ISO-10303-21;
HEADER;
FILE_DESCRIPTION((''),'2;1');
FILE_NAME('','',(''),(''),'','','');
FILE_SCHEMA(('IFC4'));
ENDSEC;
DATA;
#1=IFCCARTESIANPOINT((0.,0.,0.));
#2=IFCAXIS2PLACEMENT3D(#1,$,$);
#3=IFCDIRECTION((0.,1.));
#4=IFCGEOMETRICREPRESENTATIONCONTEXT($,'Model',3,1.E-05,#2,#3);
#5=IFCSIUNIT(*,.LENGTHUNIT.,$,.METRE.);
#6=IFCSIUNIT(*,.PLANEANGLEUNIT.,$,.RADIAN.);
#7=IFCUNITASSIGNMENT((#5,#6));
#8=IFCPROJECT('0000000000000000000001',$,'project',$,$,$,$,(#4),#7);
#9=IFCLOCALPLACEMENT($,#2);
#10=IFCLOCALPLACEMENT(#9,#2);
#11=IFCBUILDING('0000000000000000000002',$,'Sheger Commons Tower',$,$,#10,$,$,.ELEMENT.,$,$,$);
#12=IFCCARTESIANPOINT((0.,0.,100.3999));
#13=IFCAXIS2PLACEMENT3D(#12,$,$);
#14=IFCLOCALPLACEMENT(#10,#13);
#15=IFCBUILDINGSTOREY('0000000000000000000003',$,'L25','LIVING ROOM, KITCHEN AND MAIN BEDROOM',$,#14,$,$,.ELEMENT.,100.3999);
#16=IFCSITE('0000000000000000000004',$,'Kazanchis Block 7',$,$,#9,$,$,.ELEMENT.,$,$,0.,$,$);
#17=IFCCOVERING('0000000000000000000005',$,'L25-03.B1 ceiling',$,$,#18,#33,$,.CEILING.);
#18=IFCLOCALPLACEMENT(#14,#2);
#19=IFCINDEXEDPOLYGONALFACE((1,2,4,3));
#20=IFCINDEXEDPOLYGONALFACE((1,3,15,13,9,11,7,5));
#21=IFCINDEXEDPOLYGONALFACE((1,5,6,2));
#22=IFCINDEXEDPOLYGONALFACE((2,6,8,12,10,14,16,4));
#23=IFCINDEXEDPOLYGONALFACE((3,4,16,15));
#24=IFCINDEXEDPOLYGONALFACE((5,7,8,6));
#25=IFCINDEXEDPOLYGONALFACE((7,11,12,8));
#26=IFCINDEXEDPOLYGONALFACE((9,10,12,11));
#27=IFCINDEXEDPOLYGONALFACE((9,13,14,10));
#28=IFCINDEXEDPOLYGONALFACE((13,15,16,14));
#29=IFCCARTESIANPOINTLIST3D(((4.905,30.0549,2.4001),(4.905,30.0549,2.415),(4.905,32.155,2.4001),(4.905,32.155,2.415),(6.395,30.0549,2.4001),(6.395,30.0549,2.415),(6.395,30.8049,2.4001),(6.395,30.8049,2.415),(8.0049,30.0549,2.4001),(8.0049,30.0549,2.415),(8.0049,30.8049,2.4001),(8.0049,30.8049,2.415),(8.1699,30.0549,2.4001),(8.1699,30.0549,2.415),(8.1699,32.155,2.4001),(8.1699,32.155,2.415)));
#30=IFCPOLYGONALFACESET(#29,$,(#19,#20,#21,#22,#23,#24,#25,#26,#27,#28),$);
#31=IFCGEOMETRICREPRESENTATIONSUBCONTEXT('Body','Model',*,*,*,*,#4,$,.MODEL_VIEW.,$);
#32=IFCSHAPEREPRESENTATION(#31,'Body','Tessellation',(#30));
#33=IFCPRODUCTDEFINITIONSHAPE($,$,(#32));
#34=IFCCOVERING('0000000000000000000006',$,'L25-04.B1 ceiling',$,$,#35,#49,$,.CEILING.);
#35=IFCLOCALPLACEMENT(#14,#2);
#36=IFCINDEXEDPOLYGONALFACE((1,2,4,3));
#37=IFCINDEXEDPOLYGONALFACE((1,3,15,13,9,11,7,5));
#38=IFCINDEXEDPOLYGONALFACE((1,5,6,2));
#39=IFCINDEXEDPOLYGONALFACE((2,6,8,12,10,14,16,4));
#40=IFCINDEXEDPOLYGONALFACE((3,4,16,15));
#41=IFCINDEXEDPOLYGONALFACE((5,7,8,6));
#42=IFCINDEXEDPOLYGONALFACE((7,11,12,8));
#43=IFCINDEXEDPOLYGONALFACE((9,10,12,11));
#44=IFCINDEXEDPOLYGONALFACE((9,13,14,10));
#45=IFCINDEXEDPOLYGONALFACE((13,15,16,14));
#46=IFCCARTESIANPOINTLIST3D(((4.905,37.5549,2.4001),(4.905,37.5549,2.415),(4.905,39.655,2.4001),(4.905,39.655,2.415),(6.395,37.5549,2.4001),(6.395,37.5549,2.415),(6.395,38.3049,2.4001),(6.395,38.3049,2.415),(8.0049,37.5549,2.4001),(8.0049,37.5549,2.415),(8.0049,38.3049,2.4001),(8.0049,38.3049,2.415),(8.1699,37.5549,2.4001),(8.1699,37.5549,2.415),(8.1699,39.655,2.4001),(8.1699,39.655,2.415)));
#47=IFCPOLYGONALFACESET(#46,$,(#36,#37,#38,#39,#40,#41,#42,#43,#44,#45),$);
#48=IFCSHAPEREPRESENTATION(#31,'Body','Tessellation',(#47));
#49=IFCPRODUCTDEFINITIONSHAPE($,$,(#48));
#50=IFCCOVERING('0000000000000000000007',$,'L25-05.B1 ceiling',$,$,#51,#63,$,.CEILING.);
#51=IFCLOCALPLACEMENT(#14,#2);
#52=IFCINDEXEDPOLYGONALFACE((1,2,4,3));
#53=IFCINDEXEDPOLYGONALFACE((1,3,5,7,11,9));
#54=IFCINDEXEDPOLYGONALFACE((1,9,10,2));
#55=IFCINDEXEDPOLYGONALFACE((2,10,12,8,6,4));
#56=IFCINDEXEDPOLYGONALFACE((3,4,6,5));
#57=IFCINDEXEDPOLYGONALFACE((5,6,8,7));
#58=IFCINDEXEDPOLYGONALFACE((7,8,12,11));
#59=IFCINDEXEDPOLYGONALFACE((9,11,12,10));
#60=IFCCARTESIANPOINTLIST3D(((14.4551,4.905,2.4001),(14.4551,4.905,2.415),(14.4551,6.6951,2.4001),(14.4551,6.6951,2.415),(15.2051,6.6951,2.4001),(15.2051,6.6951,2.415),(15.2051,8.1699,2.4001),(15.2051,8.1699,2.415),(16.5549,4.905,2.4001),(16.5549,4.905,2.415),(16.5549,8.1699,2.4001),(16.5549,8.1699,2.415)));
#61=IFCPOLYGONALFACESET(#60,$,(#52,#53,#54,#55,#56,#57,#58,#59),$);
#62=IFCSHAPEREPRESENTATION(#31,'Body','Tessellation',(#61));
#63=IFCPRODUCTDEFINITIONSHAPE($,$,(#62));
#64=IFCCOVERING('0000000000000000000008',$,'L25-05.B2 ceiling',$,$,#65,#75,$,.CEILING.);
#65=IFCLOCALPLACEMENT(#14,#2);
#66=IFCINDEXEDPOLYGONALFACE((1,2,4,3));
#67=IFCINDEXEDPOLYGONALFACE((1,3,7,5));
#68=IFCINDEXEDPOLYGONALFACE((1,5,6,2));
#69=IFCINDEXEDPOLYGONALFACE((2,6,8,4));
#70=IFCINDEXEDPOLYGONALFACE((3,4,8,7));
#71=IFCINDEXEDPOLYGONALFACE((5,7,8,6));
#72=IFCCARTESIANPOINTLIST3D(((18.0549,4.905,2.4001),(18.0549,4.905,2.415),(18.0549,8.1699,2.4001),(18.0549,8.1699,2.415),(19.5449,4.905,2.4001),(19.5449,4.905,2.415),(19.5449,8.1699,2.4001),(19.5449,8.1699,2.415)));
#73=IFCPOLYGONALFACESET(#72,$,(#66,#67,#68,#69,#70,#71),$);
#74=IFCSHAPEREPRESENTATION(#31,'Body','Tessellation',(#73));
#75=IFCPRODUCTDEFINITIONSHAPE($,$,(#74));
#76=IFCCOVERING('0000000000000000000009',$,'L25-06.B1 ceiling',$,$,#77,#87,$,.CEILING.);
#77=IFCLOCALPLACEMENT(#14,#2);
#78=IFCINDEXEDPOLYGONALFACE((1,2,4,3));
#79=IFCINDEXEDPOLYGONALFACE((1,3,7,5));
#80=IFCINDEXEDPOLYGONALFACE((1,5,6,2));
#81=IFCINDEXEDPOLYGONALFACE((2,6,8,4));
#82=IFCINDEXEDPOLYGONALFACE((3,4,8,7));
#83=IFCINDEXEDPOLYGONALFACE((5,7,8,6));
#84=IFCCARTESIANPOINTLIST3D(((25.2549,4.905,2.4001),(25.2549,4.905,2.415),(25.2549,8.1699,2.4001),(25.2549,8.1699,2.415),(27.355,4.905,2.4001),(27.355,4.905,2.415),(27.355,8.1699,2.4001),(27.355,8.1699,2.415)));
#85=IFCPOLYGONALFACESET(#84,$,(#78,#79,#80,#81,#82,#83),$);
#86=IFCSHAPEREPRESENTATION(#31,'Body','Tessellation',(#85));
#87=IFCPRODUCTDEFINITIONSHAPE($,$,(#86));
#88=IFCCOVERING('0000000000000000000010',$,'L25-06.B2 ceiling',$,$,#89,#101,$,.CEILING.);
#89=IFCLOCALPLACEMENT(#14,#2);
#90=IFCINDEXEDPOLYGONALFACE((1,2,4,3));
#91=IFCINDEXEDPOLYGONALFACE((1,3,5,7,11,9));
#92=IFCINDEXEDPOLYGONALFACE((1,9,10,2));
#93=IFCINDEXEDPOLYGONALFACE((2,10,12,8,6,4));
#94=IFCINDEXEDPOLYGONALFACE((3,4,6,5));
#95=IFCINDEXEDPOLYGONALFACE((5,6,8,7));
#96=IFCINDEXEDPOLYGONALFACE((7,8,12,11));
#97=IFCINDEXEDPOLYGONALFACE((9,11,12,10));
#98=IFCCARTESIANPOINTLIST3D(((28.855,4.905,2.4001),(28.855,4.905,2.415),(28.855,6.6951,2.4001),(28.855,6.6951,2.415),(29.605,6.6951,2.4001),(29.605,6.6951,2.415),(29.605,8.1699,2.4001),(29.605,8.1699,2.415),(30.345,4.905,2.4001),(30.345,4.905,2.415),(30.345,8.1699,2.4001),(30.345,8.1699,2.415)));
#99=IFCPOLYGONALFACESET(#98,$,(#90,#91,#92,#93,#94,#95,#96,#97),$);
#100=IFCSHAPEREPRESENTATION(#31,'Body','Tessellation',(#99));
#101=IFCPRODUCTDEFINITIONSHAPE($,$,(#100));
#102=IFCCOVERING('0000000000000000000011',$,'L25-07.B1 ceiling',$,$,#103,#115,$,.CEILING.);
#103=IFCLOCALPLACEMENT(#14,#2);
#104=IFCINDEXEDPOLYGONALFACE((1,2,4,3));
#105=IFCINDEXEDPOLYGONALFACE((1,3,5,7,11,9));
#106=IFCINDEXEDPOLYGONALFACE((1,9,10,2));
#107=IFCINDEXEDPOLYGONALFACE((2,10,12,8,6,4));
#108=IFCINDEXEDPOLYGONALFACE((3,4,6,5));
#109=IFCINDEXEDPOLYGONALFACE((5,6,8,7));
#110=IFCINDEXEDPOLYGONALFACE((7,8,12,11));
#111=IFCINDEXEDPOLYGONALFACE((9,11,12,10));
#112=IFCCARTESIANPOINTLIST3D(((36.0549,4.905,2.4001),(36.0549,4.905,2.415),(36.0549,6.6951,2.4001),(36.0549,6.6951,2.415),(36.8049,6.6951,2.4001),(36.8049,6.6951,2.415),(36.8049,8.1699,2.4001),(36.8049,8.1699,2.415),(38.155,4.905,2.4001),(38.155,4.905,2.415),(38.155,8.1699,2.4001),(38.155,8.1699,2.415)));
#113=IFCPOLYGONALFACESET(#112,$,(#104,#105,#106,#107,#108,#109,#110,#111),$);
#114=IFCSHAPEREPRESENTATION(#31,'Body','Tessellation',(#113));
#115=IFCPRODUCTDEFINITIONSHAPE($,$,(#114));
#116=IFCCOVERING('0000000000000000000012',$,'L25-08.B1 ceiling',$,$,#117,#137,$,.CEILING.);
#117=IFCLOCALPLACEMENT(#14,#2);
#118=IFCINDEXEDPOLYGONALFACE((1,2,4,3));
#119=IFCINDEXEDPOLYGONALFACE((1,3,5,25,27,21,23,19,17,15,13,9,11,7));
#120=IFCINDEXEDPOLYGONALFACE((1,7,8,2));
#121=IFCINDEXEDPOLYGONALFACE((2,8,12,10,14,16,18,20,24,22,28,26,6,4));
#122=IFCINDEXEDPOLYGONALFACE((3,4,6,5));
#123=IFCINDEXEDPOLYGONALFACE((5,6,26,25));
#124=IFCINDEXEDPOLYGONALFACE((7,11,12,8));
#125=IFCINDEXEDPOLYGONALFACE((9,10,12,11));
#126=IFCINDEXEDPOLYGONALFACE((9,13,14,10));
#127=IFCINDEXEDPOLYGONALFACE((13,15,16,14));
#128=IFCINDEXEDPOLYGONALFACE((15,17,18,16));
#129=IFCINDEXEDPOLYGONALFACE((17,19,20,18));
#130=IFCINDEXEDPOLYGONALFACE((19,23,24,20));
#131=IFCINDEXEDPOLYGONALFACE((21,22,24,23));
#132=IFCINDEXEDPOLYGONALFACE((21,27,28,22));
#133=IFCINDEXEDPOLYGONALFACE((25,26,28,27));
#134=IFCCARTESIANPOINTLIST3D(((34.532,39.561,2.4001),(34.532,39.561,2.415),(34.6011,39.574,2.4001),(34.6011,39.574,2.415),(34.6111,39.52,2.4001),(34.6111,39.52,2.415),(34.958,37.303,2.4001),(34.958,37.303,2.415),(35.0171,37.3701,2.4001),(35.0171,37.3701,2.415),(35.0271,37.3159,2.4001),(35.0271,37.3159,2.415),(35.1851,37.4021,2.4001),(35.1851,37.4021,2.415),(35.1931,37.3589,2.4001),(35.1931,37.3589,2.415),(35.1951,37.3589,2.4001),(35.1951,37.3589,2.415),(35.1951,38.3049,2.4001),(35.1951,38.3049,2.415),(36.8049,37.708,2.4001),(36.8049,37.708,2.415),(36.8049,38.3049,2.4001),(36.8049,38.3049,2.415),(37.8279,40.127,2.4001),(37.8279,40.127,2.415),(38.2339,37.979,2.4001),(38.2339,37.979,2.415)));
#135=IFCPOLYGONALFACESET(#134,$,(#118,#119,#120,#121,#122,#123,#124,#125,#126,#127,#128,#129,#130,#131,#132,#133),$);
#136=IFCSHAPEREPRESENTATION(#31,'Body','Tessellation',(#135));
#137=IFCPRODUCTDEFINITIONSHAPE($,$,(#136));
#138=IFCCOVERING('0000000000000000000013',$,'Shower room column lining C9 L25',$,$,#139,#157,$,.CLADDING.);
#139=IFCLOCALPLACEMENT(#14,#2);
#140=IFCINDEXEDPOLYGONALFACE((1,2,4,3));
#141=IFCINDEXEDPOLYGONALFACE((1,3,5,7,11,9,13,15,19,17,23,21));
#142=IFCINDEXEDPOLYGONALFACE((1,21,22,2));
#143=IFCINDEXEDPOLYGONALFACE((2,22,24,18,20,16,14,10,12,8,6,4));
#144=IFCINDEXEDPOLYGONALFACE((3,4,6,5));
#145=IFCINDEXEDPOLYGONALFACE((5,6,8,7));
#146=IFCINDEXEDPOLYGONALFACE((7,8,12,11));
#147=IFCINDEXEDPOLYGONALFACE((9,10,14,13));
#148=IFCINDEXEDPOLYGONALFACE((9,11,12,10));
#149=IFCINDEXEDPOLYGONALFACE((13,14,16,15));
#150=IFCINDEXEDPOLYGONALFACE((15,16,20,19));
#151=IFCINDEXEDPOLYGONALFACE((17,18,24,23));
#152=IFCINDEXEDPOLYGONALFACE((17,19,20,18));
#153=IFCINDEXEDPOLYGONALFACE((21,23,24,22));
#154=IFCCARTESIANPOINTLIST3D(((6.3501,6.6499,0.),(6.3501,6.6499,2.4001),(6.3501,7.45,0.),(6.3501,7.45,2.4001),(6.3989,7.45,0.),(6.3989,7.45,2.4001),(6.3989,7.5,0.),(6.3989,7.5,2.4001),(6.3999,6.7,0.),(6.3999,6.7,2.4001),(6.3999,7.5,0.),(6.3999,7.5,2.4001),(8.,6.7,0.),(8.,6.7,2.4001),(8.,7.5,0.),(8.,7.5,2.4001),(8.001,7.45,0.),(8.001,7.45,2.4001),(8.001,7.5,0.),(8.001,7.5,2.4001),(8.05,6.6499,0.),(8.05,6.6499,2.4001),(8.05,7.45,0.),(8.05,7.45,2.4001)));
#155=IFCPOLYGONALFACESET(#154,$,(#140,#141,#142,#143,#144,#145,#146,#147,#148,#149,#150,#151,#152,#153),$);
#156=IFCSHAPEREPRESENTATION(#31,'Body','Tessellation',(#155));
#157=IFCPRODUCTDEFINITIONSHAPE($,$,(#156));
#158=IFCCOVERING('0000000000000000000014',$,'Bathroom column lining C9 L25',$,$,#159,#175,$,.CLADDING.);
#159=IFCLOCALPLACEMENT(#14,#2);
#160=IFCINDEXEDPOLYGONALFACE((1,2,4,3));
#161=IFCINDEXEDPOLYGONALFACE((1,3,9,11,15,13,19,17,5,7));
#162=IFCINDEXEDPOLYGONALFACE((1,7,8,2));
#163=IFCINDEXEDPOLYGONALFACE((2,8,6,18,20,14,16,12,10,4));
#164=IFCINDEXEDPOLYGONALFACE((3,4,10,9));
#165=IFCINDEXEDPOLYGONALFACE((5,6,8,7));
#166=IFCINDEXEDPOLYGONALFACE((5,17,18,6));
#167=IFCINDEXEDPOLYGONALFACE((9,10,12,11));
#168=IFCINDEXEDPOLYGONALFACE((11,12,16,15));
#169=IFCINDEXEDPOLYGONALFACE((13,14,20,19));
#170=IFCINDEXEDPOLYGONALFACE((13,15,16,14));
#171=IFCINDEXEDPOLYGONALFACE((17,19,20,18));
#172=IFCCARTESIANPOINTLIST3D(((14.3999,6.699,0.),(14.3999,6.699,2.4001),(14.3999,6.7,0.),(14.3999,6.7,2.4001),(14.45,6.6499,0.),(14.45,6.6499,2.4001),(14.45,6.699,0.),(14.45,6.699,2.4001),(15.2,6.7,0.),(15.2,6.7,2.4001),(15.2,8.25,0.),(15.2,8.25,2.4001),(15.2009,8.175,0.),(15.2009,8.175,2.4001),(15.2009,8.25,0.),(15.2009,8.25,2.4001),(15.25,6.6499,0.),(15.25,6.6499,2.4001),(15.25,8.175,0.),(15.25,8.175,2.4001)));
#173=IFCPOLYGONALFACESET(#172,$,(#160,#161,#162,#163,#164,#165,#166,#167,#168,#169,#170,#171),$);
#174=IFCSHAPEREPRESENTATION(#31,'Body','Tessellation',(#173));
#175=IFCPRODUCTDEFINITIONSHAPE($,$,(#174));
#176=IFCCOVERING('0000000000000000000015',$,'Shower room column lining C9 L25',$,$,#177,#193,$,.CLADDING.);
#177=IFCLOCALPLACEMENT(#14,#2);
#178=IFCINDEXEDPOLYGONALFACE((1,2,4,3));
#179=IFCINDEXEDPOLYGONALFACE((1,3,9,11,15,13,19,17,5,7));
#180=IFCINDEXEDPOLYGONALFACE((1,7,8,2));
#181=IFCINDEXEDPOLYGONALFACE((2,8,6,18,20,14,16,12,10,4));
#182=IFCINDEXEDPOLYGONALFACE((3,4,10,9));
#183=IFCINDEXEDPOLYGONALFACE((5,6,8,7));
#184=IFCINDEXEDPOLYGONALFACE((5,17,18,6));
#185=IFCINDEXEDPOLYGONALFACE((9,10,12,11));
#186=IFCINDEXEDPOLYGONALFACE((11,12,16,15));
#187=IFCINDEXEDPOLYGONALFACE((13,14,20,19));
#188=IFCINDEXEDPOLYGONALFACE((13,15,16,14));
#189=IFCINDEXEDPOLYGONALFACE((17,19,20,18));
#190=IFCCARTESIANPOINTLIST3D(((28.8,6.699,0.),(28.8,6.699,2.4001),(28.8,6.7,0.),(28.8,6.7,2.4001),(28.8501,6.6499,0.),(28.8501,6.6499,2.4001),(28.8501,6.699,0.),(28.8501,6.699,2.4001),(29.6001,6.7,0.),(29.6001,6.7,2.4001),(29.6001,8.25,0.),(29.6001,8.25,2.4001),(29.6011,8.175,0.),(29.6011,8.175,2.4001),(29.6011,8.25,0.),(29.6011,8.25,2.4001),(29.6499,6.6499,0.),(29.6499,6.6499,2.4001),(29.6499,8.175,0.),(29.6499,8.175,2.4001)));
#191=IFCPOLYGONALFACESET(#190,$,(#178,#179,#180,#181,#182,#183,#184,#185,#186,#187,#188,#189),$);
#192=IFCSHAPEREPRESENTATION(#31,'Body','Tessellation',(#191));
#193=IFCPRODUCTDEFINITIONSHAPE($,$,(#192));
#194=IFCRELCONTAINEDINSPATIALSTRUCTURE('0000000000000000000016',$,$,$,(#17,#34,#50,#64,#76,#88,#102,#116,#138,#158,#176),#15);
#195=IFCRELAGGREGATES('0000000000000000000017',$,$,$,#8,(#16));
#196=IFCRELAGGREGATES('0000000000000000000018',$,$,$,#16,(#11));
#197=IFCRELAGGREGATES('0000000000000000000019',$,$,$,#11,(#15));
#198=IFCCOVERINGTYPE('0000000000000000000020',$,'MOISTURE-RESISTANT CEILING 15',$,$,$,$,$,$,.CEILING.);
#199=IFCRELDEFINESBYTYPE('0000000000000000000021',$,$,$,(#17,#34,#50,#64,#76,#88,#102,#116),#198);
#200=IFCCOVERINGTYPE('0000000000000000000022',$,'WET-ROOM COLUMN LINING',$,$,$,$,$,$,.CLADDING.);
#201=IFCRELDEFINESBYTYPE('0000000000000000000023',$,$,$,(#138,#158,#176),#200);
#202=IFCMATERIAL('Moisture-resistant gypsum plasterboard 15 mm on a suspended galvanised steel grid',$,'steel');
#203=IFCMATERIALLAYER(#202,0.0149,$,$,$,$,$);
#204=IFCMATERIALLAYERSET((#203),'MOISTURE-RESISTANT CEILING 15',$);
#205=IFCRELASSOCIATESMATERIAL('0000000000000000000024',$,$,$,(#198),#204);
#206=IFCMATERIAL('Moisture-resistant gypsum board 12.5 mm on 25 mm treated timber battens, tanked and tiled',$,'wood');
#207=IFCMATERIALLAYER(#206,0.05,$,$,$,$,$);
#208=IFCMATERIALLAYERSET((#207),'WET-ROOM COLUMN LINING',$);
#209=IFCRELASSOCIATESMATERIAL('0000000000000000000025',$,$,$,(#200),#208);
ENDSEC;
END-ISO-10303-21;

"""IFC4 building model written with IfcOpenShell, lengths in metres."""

from ifc_helpers import new_model, si_unit, direction, frame, origin, place, context, subcontext, project, spatial, polyline, outline, extrude, material, layer, layer_set, type_object, element, save


model = new_model("IFC4")

# Units and contexts
model_context = context("Model", 3, precision=1e-05, world=origin(), true_north=direction((0.0, 1.0)))
body_context = subcontext(model_context, "Body", "Model", "MODEL_VIEW")
ifc_project = project(units=[si_unit("LENGTHUNIT", "METRE"), si_unit("PLANEANGLEUNIT", "RADIAN")], contexts=[model_context])

# Site, building, storey
site_placement = place(None, origin())
site = spatial("IfcSite", under=ifc_project, at=site_placement, Name="Kazanchis Block 7", CompositionType="ELEMENT", RefElevation=0.0)
building_placement = place(site_placement, origin())
building = spatial("IfcBuilding", under=site, at=building_placement, Name="Sheger Commons Tower", CompositionType="ELEMENT")
storey_placement = place(building_placement, frame((0.0, 0.0, 100.3999)))
storey = spatial("IfcBuildingStorey", under=building, at=storey_placement, Name="L25", Description="LIVING ROOM, KITCHEN AND MAIN BEDROOM", CompositionType="ELEMENT", Elevation=100.3999)

# Coverings
ifc_material_1 = material(Name="Moisture-resistant gypsum plasterboard 15 mm on a suspended galvanised steel grid", Category="steel")
ifc_layer_1 = layer(ifc_material_1, 0.0149)
ifc_layer_set_1 = layer_set([ifc_layer_1], Name="MOISTURE-RESISTANT CEILING 15")
covering_type_1 = type_object("IfcCoveringType", Name="MOISTURE-RESISTANT CEILING 15", PredefinedType="CEILING", material=ifc_layer_set_1)
covering_1_placement = place(storey_placement, frame((0.0, 0.0, 2.4001)))
element("IfcCovering", 1, at=covering_1_placement, inside=storey, type_object=covering_type_1, Name="L25-03.B1 ceiling", PredefinedType="CEILING", context=body_context, shape_type="SweptSolid", body=[
    extrude(outline(polyline([(4.905, 30.0549), (6.395, 30.0549), (6.395, 30.8049), (8.0049, 30.8049), (8.0049, 30.0549), (8.1699, 30.0549), (8.1699, 32.155), (4.905, 32.155), (4.905, 30.0549)])), origin(), (0.0, 0.0, 1.0), 0.0149),
])
covering_2_placement = place(storey_placement, frame((0.0, 0.0, 2.4001)))
element("IfcCovering", 2, at=covering_2_placement, inside=storey, type_object=covering_type_1, Name="L25-04.B1 ceiling", PredefinedType="CEILING", context=body_context, shape_type="SweptSolid", body=[
    extrude(outline(polyline([(4.905, 37.5549), (6.395, 37.5549), (6.395, 38.3049), (8.0049, 38.3049), (8.0049, 37.5549), (8.1699, 37.5549), (8.1699, 39.655), (4.905, 39.655), (4.905, 37.5549)])), origin(), (0.0, 0.0, 1.0), 0.0149),
])
covering_3_placement = place(storey_placement, frame((0.0, 0.0, 2.4001)))
element("IfcCovering", 3, at=covering_3_placement, inside=storey, type_object=covering_type_1, Name="L25-05.B1 ceiling", PredefinedType="CEILING", context=body_context, shape_type="SweptSolid", body=[
    extrude(outline(polyline([(14.4551, 4.905), (16.5549, 4.905), (16.5549, 8.1699), (15.2051, 8.1699), (15.2051, 6.6951), (14.4551, 6.6951), (14.4551, 4.905)])), origin(), (0.0, 0.0, 1.0), 0.0149),
])
covering_4_placement = place(storey_placement, frame((0.0, 0.0, 2.4001)))
element("IfcCovering", 4, at=covering_4_placement, inside=storey, type_object=covering_type_1, Name="L25-05.B2 ceiling", PredefinedType="CEILING", context=body_context, shape_type="SweptSolid", body=[
    extrude(outline(polyline([(18.0549, 4.905), (19.5449, 4.905), (19.5449, 8.1699), (18.0549, 8.1699), (18.0549, 4.905)])), origin(), (0.0, 0.0, 1.0), 0.0149),
])
covering_5_placement = place(storey_placement, frame((0.0, 0.0, 2.4001)))
element("IfcCovering", 5, at=covering_5_placement, inside=storey, type_object=covering_type_1, Name="L25-06.B1 ceiling", PredefinedType="CEILING", context=body_context, shape_type="SweptSolid", body=[
    extrude(outline(polyline([(25.2549, 4.905), (27.355, 4.905), (27.355, 8.1699), (25.2549, 8.1699), (25.2549, 4.905)])), origin(), (0.0, 0.0, 1.0), 0.0149),
])
covering_6_placement = place(storey_placement, frame((0.0, 0.0, 2.4001)))
element("IfcCovering", 6, at=covering_6_placement, inside=storey, type_object=covering_type_1, Name="L25-06.B2 ceiling", PredefinedType="CEILING", context=body_context, shape_type="SweptSolid", body=[
    extrude(outline(polyline([(28.855, 4.905), (30.345, 4.905), (30.345, 8.1699), (29.605, 8.1699), (29.605, 6.6951), (28.855, 6.6951), (28.855, 4.905)])), origin(), (0.0, 0.0, 1.0), 0.0149),
])
covering_7_placement = place(storey_placement, frame((0.0, 0.0, 2.4001)))
element("IfcCovering", 7, at=covering_7_placement, inside=storey, type_object=covering_type_1, Name="L25-07.B1 ceiling", PredefinedType="CEILING", context=body_context, shape_type="SweptSolid", body=[
    extrude(outline(polyline([(36.0549, 4.905), (38.155, 4.905), (38.155, 8.1699), (36.8049, 8.1699), (36.8049, 6.6951), (36.0549, 6.6951), (36.0549, 4.905)])), origin(), (0.0, 0.0, 1.0), 0.0149),
])
covering_8_placement = place(storey_placement, frame((0.0, 0.0, 2.4001)))
element("IfcCovering", 8, at=covering_8_placement, inside=storey, type_object=covering_type_1, Name="L25-08.B1 ceiling", PredefinedType="CEILING", context=body_context, shape_type="SweptSolid", body=[
    extrude(outline(polyline([(34.958, 37.303), (35.0271, 37.3159), (35.0171, 37.3701), (35.1851, 37.4021), (35.1931, 37.3589), (35.1951, 37.3589), (35.1951, 38.3049), (36.8049, 38.3049), (36.8049, 37.708), (38.2339, 37.979), (37.8279, 40.127), (34.6111, 39.52), (34.6011, 39.574), (34.532, 39.561), (34.958, 37.303)])), origin(), (0.0, 0.0, 1.0), 0.0149),
])
ifc_material_2 = material(Name="Moisture-resistant gypsum board 12.5 mm on 25 mm treated timber battens, tanked and tiled", Category="wood")
ifc_layer_2 = layer(ifc_material_2, 0.05)
ifc_layer_set_2 = layer_set([ifc_layer_2], Name="WET-ROOM COLUMN LINING")
covering_type_2 = type_object("IfcCoveringType", Name="WET-ROOM COLUMN LINING", PredefinedType="CLADDING", material=ifc_layer_set_2)
covering_9_placement = place(storey_placement, origin())
element("IfcCovering", 9, at=covering_9_placement, inside=storey, type_object=covering_type_2, Name="Shower room column lining C9 L25", PredefinedType="CLADDING", context=body_context, shape_type="SweptSolid", body=[
    extrude(outline(polyline([(6.3999, 7.5), (6.3999, 6.7), (8.0, 6.7), (8.0, 7.5), (8.001, 7.5), (8.001, 7.45), (8.05, 7.45), (8.05, 6.6499), (6.3501, 6.6499), (6.3501, 7.45), (6.3989, 7.45), (6.3989, 7.5), (6.3999, 7.5)])), origin(), (0.0, 0.0, 1.0), 2.4001),
])
covering_10_placement = place(storey_placement, origin())
element("IfcCovering", 10, at=covering_10_placement, inside=storey, type_object=covering_type_2, Name="Bathroom column lining C9 L25", PredefinedType="CLADDING", context=body_context, shape_type="SweptSolid", body=[
    extrude(outline(polyline([(14.45, 6.6499), (14.45, 6.699), (14.3999, 6.699), (14.3999, 6.7), (15.2, 6.7), (15.2, 8.25), (15.2009, 8.25), (15.2009, 8.175), (15.25, 8.175), (15.25, 6.6499), (14.45, 6.6499)])), origin(), (0.0, 0.0, 1.0), 2.4001),
])
covering_11_placement = place(storey_placement, origin())
element("IfcCovering", 11, at=covering_11_placement, inside=storey, type_object=covering_type_2, Name="Shower room column lining C9 L25", PredefinedType="CLADDING", context=body_context, shape_type="SweptSolid", body=[
    extrude(outline(polyline([(28.8501, 6.6499), (28.8501, 6.699), (28.8, 6.699), (28.8, 6.7), (29.6001, 6.7), (29.6001, 8.25), (29.6011, 8.25), (29.6011, 8.175), (29.6499, 8.175), (29.6499, 6.6499), (28.8501, 6.6499)])), origin(), (0.0, 0.0, 1.0), 2.4001),
])

save(model, "model.ifc")
